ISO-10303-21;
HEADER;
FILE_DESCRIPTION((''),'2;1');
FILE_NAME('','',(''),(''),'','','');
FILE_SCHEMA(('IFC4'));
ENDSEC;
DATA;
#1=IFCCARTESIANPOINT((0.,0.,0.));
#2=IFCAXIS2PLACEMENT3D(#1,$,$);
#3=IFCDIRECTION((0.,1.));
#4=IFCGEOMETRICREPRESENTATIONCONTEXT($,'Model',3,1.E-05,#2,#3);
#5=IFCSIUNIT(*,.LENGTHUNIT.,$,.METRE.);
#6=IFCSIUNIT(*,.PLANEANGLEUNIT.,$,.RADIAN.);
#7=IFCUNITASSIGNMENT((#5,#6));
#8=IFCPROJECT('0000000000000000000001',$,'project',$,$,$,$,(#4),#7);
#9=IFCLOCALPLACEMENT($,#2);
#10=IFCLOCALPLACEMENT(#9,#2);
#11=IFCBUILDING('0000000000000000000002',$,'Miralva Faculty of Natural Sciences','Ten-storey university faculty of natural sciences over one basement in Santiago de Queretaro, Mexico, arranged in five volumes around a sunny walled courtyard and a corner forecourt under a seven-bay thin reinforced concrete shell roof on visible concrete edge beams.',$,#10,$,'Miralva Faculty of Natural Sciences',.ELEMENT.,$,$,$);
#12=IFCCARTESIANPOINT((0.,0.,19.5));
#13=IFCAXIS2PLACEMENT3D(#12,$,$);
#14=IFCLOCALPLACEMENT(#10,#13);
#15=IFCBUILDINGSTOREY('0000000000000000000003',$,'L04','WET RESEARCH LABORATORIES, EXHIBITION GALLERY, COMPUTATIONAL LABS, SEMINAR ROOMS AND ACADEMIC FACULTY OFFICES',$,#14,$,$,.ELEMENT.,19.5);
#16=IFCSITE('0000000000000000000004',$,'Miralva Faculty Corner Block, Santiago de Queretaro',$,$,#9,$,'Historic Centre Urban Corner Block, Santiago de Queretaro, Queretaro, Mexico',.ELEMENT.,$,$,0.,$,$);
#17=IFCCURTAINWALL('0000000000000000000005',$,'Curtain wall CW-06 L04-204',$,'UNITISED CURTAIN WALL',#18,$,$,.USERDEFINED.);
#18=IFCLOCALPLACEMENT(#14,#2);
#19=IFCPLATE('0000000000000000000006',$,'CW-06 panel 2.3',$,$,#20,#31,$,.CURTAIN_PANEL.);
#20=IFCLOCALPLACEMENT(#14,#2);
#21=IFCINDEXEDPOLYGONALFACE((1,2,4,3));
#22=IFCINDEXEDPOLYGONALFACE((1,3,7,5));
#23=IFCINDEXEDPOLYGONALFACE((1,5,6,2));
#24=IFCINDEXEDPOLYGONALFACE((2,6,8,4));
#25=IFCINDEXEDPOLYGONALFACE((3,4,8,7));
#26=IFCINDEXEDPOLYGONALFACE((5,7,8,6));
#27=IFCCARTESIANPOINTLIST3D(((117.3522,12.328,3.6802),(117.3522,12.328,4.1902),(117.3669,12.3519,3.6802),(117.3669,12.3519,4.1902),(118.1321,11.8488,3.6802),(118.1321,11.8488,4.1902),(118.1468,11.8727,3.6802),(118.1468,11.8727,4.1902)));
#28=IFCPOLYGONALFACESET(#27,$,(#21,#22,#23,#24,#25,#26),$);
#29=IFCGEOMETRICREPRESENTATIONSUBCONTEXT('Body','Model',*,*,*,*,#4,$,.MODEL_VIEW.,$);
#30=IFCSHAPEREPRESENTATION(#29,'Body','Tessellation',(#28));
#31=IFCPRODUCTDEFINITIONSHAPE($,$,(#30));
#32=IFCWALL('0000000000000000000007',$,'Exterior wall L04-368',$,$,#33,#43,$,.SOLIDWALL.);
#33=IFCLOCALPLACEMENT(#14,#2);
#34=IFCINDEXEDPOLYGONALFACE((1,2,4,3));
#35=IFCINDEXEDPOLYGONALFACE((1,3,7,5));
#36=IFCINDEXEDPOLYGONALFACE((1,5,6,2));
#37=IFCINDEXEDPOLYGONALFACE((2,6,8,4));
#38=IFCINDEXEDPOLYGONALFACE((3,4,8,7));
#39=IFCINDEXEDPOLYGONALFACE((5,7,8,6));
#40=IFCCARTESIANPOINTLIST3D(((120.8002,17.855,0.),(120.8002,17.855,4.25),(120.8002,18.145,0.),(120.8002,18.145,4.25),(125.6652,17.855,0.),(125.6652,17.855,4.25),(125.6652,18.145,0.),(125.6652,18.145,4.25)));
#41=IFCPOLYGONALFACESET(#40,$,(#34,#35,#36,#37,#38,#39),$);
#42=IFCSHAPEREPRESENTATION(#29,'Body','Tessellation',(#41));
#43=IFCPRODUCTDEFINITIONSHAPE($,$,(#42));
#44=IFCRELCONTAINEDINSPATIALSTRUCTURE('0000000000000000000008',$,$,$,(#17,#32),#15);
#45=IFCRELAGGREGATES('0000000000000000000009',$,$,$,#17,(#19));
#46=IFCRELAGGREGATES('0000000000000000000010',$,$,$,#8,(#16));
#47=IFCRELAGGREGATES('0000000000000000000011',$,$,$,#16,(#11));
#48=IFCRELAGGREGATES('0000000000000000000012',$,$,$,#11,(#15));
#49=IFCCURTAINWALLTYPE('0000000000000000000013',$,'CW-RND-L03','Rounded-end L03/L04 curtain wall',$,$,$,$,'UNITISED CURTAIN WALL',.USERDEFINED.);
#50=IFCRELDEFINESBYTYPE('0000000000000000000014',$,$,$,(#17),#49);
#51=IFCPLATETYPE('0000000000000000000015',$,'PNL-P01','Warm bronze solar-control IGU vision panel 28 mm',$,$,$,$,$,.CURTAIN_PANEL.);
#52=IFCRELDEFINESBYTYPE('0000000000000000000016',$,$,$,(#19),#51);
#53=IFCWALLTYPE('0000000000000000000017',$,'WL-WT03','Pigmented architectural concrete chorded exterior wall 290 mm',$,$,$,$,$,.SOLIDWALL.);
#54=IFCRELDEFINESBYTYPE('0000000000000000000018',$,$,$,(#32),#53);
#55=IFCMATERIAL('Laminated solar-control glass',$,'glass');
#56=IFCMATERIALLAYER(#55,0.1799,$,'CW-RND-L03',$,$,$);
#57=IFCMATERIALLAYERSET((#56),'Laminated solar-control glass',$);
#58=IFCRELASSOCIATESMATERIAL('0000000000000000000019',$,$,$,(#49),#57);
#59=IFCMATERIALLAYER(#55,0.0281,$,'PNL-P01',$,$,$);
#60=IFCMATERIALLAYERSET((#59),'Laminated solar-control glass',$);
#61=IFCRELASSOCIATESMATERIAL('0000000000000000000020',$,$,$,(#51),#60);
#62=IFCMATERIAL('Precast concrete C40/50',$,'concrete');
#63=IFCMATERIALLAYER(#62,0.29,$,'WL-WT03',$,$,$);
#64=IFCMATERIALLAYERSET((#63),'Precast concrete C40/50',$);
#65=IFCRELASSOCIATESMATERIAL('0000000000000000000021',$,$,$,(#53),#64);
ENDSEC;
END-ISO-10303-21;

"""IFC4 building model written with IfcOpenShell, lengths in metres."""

from ifc_helpers import new_model, si_unit, direction, frame, frame_2d, origin, origin_2d, place, context, subcontext, project, spatial, rectangle, extrude, material, layer, layer_set, type_object, element, aggregate, save


model = new_model("IFC4")

# Units and contexts
model_context = context("Model", 3, precision=1e-05, world=origin(), true_north=direction((0.0, 1.0)))
body_context = subcontext(model_context, "Body", "Model", "MODEL_VIEW")
ifc_project = project(units=[si_unit("LENGTHUNIT", "METRE"), si_unit("PLANEANGLEUNIT", "RADIAN")], contexts=[model_context])

# Site, building, storey
site_placement = place(None, origin())
site = spatial("IfcSite", under=ifc_project, at=site_placement, Name="Miralva Faculty Corner Block, Santiago de Queretaro", LongName="Historic Centre Urban Corner Block, Santiago de Queretaro, Queretaro, Mexico", CompositionType="ELEMENT", RefElevation=0.0)
building_placement = place(site_placement, origin())
building = spatial("IfcBuilding", under=site, at=building_placement, Name="Miralva Faculty of Natural Sciences", Description="Ten-storey university faculty of natural sciences over one basement in Santiago de Queretaro, Mexico, arranged in five volumes around a sunny walled courtyard and a corner forecourt under a seven-bay thin reinforced concrete shell roof on visible concrete edge beams.", LongName="Miralva Faculty of Natural Sciences", CompositionType="ELEMENT")
storey_placement = place(building_placement, frame((0.0, 0.0, 19.5)))
storey = spatial("IfcBuildingStorey", under=building, at=storey_placement, Name="L04", Description="WET RESEARCH LABORATORIES, EXHIBITION GALLERY, COMPUTATIONAL LABS, SEMINAR ROOMS AND ACADEMIC FACULTY OFFICES", CompositionType="ELEMENT", Elevation=19.5)

# Shared definitions
ifc_material_1 = material(Name="Laminated solar-control glass", Category="glass")
ifc_layer_1 = layer(ifc_material_1, 0.1799, Name="CW-RND-L03")
ifc_layer_set_1 = layer_set([ifc_layer_1], Name="Laminated solar-control glass")
curtain_wall_type = type_object("IfcCurtainWallType", Name="CW-RND-L03", Description="Rounded-end L03/L04 curtain wall", ElementType="UNITISED CURTAIN WALL", PredefinedType="USERDEFINED", material=ifc_layer_set_1)

# Curtain wall
curtain_wall_1_placement = place(storey_placement, origin())
curtain_wall_1 = element("IfcCurtainWall", 1, at=curtain_wall_1_placement, inside=storey, type_object=curtain_wall_type, Name="Curtain wall CW-06 L04-204", ObjectType="UNITISED CURTAIN WALL", PredefinedType="USERDEFINED")

# Plate
ifc_layer_2 = layer(ifc_material_1, 0.0281, Name="PNL-P01")
ifc_layer_set_2 = layer_set([ifc_layer_2], Name="Laminated solar-control glass")
plate_type = type_object("IfcPlateType", Name="PNL-P01", Description="Warm bronze solar-control IGU vision panel 28 mm", PredefinedType="CURTAIN_PANEL", material=ifc_layer_set_2)
plate_1_placement = place(storey_placement, frame((117.7495, 12.1003, 3.6802), z_axis=(0.0, 0.0, 1.0), x_axis=(0.852004, -0.523535, 0.0)))
plate_1 = element("IfcPlate", 2, at=plate_1_placement, type_object=plate_type, Name="CW-06 panel 2.3", PredefinedType="CURTAIN_PANEL", context=body_context, shape_type="SweptSolid", body=[
    extrude(rectangle(XDim=0.9153, YDim=0.0281, at=origin_2d()), origin(), (0.0, 0.0, 1.0), 0.51),
])
aggregate(curtain_wall_1, [plate_1])

# Wall
ifc_material_2 = material(Name="Precast concrete C40/50", Category="concrete")
ifc_layer_3 = layer(ifc_material_2, 0.29, Name="WL-WT03")
ifc_layer_set_3 = layer_set([ifc_layer_3], Name="Precast concrete C40/50")
wall_type = type_object("IfcWallType", Name="WL-WT03", Description="Pigmented architectural concrete chorded exterior wall 290 mm", PredefinedType="SOLIDWALL", material=ifc_layer_set_3)
wall_placement = place(storey_placement, frame((120.8, 18.0, 0.0), z_axis=(0.0, 0.0, 1.0), x_axis=(1.0, 0.0, 0.0)))
element("IfcWall", 3, at=wall_placement, inside=storey, type_object=wall_type, Name="Exterior wall L04-368", PredefinedType="SOLIDWALL", context=body_context, shape_type="SweptSolid", body=[
    extrude(rectangle(XDim=4.865, YDim=0.29, at=frame_2d((2.4326, 0.0))), origin(), (0.0, 0.0, 1.0), 4.25),
])

save(model, "model.ifc")
